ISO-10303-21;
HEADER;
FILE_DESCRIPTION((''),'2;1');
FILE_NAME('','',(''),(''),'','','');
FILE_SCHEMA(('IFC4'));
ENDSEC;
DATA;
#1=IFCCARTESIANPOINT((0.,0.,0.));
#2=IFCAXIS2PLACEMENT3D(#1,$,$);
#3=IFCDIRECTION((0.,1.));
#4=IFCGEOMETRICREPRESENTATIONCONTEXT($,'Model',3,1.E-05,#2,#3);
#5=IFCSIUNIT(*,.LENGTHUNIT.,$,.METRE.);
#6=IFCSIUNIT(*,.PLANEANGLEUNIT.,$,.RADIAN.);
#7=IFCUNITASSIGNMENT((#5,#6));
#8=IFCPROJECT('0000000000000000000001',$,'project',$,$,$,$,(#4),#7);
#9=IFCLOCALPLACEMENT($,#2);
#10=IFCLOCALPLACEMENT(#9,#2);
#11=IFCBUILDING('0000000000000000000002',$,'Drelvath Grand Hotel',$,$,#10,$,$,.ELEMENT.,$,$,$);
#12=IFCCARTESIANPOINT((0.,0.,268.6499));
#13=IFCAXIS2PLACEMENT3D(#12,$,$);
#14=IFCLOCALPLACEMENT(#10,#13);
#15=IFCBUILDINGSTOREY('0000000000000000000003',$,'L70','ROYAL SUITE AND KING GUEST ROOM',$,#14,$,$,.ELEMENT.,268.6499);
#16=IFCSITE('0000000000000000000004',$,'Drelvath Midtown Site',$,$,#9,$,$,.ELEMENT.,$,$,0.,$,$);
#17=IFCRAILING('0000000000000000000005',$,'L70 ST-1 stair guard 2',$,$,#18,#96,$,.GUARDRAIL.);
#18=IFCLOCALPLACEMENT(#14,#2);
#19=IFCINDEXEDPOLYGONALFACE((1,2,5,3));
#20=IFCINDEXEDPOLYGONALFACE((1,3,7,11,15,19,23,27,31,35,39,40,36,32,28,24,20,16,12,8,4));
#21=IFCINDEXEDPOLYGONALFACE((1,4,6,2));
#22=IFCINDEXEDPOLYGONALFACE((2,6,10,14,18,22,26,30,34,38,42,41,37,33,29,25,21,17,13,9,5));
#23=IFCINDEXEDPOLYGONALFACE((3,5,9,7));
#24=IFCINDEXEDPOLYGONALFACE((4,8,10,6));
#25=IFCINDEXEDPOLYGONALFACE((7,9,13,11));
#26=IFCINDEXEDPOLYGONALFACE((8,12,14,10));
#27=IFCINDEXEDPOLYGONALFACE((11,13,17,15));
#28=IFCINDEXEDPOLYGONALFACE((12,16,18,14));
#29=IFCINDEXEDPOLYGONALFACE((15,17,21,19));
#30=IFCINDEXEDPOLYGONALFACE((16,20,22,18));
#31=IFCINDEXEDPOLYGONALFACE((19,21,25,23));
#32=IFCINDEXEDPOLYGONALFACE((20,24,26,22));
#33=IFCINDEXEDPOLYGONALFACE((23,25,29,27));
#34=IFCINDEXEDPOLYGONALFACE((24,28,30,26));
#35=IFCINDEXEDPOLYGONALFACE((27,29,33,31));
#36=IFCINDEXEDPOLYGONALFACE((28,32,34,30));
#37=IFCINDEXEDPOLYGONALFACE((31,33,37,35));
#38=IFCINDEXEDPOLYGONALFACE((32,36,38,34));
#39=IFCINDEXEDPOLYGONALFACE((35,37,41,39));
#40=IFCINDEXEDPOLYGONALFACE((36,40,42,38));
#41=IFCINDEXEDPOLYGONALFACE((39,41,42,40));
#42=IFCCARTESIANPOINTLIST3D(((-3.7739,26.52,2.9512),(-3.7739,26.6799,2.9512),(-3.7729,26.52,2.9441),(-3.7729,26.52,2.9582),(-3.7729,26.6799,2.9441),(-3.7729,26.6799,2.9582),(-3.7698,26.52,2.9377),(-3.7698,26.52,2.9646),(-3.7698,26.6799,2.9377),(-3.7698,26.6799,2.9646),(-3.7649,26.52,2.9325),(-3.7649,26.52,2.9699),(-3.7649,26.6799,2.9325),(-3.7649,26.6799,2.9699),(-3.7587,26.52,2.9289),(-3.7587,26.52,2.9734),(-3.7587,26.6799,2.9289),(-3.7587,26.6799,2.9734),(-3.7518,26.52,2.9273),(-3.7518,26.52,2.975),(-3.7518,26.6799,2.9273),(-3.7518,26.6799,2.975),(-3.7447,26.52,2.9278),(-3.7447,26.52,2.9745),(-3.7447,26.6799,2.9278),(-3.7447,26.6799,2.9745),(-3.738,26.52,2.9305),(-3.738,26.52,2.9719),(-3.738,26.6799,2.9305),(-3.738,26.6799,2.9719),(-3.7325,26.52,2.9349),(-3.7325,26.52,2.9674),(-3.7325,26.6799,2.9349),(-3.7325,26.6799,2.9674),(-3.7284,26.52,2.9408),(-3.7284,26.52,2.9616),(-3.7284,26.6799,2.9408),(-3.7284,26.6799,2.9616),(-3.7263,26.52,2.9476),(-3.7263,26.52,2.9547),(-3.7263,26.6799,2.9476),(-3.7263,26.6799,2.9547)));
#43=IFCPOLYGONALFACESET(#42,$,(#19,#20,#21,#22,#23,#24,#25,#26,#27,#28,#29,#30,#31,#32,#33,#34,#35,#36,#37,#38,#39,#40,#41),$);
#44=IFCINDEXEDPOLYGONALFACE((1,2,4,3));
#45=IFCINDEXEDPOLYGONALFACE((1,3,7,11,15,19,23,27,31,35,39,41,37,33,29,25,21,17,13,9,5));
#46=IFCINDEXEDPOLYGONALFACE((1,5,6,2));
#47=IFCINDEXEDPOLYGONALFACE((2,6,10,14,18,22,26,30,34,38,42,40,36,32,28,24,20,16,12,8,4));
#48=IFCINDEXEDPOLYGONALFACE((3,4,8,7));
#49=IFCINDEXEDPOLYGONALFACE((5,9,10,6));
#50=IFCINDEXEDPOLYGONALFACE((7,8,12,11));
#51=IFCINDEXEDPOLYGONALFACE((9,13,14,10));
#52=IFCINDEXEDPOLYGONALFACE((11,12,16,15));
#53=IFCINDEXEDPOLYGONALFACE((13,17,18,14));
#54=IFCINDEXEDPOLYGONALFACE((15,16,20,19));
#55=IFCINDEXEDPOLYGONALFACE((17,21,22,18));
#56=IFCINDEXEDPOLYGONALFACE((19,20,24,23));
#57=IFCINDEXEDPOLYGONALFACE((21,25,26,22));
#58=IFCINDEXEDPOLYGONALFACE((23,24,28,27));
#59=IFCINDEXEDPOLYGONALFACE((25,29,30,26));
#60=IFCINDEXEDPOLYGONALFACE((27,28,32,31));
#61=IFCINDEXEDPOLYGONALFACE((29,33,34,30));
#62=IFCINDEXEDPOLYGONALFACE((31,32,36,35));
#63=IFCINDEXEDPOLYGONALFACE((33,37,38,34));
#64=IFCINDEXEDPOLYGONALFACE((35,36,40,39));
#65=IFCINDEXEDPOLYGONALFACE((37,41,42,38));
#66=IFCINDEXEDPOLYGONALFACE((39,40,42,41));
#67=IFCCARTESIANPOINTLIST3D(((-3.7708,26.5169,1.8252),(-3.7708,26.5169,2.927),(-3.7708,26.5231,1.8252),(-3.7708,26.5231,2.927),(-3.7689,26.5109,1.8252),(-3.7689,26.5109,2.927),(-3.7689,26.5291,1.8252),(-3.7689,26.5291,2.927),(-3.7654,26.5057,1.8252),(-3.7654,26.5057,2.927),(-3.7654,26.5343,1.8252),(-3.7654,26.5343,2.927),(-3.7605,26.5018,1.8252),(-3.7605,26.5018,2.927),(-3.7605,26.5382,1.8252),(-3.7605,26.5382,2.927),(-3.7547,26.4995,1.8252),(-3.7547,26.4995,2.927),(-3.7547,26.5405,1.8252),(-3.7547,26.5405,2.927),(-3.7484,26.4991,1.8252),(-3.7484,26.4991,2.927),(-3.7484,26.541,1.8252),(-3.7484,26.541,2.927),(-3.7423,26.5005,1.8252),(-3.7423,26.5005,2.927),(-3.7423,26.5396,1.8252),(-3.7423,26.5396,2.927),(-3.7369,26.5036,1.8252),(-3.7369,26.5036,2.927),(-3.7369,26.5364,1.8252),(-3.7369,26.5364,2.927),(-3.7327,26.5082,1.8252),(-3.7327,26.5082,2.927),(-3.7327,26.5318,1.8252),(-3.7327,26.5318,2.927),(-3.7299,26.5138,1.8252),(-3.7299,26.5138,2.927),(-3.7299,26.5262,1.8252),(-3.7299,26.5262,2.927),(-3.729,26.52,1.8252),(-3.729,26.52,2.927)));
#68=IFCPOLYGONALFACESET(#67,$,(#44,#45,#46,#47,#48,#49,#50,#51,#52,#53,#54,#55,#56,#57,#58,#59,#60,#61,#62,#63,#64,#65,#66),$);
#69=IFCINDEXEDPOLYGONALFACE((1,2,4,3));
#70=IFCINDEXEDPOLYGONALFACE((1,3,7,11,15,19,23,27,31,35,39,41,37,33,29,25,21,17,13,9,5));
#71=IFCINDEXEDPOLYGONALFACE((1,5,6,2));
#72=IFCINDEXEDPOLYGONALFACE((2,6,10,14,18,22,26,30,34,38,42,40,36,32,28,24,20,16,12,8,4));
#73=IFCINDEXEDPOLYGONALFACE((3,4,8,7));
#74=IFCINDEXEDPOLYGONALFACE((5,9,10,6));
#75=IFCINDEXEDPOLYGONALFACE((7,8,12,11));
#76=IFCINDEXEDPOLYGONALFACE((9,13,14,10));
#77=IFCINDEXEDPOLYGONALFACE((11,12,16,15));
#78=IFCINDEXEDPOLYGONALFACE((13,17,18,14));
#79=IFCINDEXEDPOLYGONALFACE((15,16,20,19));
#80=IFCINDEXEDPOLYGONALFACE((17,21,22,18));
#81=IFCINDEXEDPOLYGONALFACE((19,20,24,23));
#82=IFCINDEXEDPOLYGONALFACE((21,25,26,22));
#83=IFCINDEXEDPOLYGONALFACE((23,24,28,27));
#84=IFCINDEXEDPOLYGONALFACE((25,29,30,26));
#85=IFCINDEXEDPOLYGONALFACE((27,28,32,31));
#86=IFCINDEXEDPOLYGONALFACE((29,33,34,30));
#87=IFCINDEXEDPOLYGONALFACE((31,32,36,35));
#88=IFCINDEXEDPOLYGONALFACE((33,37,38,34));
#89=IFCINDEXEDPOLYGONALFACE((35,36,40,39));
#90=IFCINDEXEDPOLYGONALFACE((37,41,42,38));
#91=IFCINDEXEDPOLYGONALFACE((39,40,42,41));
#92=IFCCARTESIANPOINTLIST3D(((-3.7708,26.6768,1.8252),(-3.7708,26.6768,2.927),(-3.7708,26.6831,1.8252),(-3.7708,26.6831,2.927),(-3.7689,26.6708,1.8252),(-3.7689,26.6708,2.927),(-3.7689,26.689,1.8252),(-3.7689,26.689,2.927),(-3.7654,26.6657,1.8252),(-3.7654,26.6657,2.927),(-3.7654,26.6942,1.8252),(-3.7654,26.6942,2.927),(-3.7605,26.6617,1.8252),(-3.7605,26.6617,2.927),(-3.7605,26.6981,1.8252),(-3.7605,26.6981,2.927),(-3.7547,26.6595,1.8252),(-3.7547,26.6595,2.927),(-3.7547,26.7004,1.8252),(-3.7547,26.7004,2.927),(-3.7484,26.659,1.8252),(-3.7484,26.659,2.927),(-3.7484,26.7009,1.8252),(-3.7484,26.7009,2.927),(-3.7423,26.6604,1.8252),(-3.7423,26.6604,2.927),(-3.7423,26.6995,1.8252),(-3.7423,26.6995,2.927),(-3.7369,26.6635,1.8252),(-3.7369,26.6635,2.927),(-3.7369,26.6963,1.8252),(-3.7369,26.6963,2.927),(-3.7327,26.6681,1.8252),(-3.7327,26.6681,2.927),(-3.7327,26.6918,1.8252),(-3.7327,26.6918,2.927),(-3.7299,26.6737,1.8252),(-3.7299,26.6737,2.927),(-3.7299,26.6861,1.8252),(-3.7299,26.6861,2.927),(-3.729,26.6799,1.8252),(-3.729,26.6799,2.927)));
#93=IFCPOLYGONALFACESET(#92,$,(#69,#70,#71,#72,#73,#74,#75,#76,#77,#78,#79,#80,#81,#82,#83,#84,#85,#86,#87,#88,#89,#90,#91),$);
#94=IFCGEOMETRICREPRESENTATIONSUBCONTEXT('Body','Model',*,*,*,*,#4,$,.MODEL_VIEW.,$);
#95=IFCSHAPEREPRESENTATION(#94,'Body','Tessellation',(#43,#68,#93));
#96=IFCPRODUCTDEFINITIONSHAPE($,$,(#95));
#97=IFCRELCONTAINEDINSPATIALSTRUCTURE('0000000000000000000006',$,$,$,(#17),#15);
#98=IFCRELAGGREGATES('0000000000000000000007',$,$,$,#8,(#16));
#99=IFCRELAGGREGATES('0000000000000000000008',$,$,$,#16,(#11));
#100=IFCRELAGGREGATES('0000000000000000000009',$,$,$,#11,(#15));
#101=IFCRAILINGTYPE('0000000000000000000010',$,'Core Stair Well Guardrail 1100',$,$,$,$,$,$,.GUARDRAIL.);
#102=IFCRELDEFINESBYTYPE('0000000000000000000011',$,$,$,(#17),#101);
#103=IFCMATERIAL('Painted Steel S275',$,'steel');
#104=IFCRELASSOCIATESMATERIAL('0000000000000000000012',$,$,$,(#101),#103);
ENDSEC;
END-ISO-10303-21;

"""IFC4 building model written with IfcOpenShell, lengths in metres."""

from ifc_helpers import new_model, si_unit, direction, frame, origin, origin_2d, place, context, subcontext, project, spatial, circle, extrude, material, type_object, element, save


model = new_model("IFC4")

# Units and contexts
model_context = context("Model", 3, precision=1e-05, world=origin(), true_north=direction((0.0, 1.0)))
body_context = subcontext(model_context, "Body", "Model", "MODEL_VIEW")
ifc_project = project(units=[si_unit("LENGTHUNIT", "METRE"), si_unit("PLANEANGLEUNIT", "RADIAN")], contexts=[model_context])

# Site, building, storey
site_placement = place(None, origin())
site = spatial("IfcSite", under=ifc_project, at=site_placement, Name="Drelvath Midtown Site", CompositionType="ELEMENT", RefElevation=0.0)
building_placement = place(site_placement, origin())
building = spatial("IfcBuilding", under=site, at=building_placement, Name="Drelvath Grand Hotel", CompositionType="ELEMENT")
storey_placement = place(building_placement, frame((0.0, 0.0, 268.6499)))
storey = spatial("IfcBuildingStorey", under=building, at=storey_placement, Name="L70", Description="ROYAL SUITE AND KING GUEST ROOM", CompositionType="ELEMENT", Elevation=268.6499)

# Shared definitions
ifc_material_1 = material(Name="Painted Steel S275", Category="steel")

# Railing
railing_type_1 = type_object("IfcRailingType", Name="Core Stair Well Guardrail 1100", PredefinedType="GUARDRAIL", material=ifc_material_1)
railing_1_placement = place(storey_placement, frame((-3.75, 26.52, 1.8252)))
element("IfcRailing", 1, at=railing_1_placement, inside=storey, type_object=railing_type_1, Name="L70 ST-1 stair guard 2", PredefinedType="GUARDRAIL", context=body_context, shape_type="SweptSolid", body=[
    extrude(circle(Radius=0.0239, at=origin_2d()), frame((0.0, 0.0, 1.126), z_axis=(0.0, 1.0, 0.0), x_axis=(-1.0, 0.0, 0.0)), (0.0, 0.0, 1.0), 0.1599),
    extrude(circle(Radius=0.021, at=origin_2d()), origin(), (0.0, 0.0, 1.0), 1.1018),
    extrude(circle(Radius=0.021, at=origin_2d()), frame((0.0, 0.1599, 0.0)), (0.0, 0.0, 1.0), 1.1018),
])

save(model, "model.ifc")
